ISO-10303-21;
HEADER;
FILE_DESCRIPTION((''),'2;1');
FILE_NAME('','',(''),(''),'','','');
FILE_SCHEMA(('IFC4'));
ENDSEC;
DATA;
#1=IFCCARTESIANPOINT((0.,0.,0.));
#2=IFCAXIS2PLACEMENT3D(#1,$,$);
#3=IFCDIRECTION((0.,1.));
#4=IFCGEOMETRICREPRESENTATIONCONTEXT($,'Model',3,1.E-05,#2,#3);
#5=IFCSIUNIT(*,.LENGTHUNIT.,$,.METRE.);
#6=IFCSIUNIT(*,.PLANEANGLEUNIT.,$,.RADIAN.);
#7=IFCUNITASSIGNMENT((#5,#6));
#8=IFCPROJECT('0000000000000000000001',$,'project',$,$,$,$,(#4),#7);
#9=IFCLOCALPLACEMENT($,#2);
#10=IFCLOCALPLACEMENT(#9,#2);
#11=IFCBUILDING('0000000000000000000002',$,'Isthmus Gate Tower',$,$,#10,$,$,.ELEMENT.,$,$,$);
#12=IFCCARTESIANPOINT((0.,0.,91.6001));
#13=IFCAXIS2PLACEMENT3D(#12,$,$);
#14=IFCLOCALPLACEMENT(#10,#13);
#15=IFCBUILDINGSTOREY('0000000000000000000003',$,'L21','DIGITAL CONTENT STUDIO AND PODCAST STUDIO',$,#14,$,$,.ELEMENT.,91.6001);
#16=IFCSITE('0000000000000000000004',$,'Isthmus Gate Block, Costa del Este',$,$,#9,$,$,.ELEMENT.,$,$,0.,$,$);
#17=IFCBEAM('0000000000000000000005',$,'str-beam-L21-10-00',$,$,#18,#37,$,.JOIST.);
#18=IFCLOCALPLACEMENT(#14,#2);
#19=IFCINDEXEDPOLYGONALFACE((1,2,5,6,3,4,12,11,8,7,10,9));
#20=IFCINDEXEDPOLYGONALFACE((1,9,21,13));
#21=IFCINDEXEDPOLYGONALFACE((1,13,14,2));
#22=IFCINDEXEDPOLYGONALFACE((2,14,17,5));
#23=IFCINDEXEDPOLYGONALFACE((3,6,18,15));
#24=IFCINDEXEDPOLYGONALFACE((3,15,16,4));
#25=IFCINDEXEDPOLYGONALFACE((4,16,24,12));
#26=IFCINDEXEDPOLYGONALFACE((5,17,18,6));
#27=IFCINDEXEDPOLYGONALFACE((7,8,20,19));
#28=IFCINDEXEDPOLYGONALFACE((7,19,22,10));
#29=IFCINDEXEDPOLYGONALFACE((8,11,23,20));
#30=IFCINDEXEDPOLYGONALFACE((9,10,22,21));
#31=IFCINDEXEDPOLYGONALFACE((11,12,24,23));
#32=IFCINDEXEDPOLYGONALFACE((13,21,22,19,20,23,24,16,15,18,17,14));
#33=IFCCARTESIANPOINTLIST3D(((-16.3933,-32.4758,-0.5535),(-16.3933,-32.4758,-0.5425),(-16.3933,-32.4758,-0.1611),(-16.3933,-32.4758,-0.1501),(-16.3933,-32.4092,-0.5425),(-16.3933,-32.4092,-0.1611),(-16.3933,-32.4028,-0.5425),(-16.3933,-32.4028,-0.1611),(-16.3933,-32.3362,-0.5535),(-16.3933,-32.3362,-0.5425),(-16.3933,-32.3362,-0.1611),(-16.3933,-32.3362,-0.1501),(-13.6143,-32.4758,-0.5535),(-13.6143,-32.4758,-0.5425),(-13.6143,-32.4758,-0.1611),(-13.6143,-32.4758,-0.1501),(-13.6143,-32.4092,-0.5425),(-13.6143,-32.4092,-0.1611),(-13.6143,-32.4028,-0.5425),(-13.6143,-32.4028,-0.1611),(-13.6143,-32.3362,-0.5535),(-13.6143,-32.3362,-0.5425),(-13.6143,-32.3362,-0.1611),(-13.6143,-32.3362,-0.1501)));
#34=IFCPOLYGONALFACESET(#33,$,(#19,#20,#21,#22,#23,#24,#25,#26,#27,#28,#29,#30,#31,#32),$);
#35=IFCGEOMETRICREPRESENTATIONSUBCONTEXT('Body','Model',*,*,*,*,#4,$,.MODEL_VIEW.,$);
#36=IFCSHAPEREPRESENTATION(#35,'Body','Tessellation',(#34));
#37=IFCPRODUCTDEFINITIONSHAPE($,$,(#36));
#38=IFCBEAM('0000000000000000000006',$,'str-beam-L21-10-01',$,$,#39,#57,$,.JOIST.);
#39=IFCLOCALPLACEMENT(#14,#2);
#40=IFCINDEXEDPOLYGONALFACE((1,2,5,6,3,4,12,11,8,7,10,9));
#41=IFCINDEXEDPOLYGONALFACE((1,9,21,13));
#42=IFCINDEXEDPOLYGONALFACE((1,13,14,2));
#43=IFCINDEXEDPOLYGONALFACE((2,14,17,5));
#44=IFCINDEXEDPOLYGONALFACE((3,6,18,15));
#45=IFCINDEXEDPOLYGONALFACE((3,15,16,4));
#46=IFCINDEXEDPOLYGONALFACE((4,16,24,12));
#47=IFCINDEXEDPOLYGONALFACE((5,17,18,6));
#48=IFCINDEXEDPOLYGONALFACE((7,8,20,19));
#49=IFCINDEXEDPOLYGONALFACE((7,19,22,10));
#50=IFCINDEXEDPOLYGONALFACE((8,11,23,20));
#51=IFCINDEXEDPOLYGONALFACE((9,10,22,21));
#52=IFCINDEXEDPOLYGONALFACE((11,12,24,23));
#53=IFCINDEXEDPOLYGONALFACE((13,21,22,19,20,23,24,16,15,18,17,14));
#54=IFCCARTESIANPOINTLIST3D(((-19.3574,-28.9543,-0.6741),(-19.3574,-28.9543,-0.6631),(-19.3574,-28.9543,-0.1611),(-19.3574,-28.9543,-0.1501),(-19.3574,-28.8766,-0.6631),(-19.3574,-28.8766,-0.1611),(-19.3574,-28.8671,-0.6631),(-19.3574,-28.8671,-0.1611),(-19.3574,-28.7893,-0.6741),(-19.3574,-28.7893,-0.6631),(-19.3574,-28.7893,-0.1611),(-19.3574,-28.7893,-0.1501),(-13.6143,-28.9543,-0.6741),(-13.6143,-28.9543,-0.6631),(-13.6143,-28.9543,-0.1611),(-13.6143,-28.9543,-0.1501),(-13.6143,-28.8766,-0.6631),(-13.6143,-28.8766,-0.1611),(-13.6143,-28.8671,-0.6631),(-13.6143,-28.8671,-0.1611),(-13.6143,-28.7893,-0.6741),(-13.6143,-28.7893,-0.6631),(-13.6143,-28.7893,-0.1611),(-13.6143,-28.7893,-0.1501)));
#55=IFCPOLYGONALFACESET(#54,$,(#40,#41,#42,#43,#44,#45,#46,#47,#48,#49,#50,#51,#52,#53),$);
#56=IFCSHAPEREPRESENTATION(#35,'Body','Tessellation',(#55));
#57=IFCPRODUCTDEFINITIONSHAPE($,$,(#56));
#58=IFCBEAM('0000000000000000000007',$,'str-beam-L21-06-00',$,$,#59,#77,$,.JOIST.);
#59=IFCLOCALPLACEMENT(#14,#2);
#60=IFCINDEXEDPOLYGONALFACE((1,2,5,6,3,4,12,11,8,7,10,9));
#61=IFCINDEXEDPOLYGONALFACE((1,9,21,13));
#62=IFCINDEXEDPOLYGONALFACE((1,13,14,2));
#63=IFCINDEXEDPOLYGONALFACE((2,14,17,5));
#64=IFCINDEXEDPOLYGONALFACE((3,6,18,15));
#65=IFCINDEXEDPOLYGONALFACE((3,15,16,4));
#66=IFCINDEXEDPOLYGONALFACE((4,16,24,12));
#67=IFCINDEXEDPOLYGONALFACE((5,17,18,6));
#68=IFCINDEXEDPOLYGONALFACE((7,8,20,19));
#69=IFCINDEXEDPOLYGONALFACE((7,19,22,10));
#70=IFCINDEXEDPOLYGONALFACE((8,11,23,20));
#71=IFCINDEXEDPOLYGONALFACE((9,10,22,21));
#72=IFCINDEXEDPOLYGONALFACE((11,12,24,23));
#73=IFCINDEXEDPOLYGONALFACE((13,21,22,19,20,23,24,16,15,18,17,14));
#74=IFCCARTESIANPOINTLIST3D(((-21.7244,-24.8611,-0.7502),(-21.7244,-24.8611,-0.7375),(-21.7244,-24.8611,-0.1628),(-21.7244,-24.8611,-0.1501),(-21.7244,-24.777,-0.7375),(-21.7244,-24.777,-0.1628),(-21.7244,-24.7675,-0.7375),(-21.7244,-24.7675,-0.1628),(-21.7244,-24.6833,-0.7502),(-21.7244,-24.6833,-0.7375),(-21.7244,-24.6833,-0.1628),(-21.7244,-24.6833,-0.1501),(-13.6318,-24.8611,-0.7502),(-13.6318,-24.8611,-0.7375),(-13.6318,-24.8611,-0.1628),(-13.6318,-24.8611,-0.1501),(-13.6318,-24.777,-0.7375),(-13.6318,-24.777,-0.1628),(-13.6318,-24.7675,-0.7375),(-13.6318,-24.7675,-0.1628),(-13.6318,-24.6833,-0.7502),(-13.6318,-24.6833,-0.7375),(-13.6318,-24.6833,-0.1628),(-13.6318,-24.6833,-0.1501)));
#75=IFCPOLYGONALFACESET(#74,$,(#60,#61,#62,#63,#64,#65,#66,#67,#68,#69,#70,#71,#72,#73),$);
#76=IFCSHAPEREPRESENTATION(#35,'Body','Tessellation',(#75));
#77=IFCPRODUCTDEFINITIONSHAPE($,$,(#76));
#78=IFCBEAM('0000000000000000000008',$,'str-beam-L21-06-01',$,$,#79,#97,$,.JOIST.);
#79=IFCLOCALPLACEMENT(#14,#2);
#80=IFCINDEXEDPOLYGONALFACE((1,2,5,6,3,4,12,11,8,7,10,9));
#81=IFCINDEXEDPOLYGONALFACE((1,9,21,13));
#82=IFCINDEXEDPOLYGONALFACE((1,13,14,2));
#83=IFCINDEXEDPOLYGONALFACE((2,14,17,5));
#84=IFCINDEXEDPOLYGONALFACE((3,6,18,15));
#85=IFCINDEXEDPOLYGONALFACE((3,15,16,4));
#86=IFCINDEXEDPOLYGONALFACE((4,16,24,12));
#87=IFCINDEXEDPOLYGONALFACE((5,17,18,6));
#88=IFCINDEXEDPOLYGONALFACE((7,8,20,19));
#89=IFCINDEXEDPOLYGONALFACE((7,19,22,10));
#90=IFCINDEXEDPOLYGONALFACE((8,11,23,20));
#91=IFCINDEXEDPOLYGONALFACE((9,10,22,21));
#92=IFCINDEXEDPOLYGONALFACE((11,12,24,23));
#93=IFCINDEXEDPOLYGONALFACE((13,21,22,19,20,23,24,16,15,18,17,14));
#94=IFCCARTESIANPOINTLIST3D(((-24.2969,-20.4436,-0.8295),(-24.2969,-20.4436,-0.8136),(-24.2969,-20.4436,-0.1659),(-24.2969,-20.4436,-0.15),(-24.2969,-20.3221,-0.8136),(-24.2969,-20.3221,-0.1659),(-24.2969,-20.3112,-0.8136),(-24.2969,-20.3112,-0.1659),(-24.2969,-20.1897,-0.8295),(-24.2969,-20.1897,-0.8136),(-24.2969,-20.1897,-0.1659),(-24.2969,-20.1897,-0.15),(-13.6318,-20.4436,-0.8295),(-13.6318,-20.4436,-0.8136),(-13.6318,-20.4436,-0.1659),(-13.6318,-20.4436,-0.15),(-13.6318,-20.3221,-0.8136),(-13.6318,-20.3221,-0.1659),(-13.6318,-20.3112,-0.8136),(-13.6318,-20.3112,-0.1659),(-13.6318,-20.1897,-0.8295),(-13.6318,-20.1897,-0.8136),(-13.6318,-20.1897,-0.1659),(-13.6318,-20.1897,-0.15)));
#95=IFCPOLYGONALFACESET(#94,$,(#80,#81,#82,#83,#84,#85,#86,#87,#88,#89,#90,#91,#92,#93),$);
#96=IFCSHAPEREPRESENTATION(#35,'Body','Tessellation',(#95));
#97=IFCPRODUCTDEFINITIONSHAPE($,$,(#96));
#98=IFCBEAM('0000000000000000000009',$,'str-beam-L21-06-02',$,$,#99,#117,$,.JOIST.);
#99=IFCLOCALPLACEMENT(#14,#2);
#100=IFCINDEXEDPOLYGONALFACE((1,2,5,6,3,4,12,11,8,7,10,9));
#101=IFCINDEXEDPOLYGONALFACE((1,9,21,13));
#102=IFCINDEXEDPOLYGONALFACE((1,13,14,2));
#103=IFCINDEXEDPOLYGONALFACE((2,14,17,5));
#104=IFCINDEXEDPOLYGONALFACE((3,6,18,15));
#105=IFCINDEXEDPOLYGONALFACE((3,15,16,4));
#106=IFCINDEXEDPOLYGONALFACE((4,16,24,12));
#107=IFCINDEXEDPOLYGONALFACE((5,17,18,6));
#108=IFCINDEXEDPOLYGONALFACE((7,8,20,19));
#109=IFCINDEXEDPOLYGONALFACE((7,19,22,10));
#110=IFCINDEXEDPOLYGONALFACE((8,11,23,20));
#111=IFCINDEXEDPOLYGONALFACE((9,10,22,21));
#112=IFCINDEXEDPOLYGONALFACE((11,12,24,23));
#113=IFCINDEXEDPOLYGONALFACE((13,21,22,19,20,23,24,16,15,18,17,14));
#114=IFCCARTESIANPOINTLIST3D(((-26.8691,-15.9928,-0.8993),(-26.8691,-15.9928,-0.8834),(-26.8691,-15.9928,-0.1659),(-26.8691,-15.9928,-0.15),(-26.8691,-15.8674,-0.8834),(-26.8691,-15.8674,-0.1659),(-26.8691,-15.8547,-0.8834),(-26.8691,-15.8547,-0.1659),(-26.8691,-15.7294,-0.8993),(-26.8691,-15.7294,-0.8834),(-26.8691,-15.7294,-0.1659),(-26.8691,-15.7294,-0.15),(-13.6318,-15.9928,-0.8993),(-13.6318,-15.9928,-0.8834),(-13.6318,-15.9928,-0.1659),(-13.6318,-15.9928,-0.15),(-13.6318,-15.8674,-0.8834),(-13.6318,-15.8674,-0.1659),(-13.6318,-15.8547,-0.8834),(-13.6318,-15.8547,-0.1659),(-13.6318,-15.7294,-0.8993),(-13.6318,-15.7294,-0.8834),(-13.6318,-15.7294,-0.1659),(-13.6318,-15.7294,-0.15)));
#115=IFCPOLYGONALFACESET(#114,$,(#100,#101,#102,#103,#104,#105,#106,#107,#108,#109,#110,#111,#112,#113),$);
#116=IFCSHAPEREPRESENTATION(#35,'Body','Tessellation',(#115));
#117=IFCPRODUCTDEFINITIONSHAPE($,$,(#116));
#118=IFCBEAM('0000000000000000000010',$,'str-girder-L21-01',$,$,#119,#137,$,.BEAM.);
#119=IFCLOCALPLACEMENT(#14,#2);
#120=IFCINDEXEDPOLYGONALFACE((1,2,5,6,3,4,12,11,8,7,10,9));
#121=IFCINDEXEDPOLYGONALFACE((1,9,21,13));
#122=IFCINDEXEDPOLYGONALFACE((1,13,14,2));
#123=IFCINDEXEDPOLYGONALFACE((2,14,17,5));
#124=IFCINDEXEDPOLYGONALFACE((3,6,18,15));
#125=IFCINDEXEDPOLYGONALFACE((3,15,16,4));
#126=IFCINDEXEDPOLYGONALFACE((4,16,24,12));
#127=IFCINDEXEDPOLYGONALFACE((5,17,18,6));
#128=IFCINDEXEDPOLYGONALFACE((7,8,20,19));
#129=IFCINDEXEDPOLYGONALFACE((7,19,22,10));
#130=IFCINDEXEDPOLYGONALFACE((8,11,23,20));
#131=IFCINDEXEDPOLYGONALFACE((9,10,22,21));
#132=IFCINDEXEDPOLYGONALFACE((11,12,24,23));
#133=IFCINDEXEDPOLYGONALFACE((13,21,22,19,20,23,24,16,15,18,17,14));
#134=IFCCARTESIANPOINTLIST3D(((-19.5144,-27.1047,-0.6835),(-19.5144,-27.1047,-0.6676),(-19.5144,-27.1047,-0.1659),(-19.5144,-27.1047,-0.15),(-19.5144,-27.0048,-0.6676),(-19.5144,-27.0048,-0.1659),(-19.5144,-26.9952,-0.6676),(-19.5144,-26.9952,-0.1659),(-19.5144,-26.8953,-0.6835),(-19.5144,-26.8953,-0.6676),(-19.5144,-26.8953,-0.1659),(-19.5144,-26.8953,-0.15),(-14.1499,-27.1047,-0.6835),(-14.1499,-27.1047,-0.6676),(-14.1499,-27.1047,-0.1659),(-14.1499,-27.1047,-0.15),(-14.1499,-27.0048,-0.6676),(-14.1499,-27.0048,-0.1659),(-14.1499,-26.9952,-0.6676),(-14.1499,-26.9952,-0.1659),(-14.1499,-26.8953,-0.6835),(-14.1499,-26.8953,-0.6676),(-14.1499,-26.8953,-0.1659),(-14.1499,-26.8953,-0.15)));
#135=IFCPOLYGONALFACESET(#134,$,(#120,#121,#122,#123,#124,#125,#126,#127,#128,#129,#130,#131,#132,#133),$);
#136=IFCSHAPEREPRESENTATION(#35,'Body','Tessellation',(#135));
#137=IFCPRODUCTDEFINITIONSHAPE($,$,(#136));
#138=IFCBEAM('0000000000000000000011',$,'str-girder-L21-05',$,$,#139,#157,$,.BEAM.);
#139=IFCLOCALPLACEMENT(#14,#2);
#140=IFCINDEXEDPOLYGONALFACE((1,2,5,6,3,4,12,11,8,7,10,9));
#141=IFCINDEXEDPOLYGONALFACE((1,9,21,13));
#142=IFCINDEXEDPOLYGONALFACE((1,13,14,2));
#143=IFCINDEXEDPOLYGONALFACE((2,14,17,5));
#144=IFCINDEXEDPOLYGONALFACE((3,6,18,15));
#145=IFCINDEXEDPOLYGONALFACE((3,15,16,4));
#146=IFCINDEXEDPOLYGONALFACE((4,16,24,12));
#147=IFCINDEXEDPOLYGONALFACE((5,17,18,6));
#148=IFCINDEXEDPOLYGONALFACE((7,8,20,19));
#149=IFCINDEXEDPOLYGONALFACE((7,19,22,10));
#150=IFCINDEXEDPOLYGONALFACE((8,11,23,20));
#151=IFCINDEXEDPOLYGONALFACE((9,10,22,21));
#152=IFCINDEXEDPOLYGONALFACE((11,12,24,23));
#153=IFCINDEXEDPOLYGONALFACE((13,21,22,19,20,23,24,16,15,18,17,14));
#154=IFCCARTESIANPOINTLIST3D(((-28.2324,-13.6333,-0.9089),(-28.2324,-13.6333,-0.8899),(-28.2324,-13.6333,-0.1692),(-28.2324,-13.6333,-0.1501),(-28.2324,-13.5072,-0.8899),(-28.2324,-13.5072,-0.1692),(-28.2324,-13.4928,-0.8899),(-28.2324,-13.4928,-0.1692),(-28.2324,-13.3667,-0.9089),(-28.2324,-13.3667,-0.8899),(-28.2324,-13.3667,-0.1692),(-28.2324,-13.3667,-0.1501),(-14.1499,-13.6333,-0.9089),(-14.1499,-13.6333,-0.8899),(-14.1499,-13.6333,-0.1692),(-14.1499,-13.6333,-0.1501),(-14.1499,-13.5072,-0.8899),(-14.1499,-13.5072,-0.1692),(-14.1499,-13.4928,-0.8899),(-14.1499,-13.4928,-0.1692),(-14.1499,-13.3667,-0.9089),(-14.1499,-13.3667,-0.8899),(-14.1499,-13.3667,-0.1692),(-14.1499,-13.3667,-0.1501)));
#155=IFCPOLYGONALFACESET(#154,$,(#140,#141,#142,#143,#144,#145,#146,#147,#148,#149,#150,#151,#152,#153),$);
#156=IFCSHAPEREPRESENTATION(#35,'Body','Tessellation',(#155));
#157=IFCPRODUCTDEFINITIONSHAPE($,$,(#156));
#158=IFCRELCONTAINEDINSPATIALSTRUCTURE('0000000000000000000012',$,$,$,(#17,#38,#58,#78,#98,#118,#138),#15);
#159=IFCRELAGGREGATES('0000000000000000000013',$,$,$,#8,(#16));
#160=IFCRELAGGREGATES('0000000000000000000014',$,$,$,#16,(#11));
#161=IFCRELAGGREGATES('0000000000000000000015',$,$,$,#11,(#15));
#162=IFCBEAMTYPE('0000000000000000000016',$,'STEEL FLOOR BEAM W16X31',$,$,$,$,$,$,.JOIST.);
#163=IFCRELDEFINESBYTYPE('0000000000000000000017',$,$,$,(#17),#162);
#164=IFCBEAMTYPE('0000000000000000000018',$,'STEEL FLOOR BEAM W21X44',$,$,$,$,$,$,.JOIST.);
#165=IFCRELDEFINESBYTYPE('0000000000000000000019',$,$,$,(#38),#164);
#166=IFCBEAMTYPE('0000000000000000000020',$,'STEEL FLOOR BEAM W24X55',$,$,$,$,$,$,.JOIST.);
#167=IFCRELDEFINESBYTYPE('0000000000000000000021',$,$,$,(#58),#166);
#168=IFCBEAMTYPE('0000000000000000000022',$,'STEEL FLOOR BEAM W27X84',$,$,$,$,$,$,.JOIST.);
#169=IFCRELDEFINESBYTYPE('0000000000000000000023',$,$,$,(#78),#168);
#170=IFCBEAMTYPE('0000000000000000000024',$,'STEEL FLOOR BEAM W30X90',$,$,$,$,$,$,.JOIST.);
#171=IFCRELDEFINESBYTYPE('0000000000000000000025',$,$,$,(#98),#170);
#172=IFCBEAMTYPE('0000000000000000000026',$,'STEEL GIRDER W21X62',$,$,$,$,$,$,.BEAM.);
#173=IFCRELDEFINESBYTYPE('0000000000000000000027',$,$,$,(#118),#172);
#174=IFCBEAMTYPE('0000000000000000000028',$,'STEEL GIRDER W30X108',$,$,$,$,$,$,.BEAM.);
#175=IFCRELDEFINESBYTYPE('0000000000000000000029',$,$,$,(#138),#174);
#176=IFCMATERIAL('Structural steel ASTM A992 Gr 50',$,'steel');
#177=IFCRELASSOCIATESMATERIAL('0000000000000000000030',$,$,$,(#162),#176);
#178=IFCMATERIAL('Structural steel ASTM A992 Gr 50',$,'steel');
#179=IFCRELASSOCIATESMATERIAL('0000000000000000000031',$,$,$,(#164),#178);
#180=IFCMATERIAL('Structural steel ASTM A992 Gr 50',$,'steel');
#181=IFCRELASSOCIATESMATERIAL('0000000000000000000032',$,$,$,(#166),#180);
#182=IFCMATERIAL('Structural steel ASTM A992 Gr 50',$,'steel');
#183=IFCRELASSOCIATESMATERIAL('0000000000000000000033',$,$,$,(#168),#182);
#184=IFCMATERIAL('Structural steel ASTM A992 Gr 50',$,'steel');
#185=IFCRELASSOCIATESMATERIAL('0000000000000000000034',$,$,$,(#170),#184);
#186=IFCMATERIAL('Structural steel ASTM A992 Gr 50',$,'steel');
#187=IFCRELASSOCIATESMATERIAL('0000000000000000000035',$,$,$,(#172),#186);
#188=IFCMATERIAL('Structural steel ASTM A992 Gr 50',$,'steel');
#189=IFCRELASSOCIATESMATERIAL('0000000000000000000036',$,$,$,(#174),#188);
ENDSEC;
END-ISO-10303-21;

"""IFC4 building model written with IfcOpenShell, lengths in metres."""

from ifc_helpers import new_model, si_unit, direction, frame, origin, origin_2d, place, context, subcontext, project, spatial, i_section, extrude, material, material_profile, profile_set, type_object, element, save


model = new_model("IFC4")

# Units and contexts
model_context = context("Model", 3, precision=1e-05, world=origin(), true_north=direction((0.0, 1.0)))
body_context = subcontext(model_context, "Body", "Model", "MODEL_VIEW")
ifc_project = project(units=[si_unit("LENGTHUNIT", "METRE"), si_unit("PLANEANGLEUNIT", "RADIAN")], contexts=[model_context])

# Site, building, storey
site_placement = place(None, origin())
site = spatial("IfcSite", under=ifc_project, at=site_placement, Name="Isthmus Gate Block, Costa del Este", CompositionType="ELEMENT", RefElevation=0.0)
building_placement = place(site_placement, origin())
building = spatial("IfcBuilding", under=site, at=building_placement, Name="Isthmus Gate Tower", CompositionType="ELEMENT")
storey_placement = place(building_placement, frame((0.0, 0.0, 91.6001)))
storey = spatial("IfcBuildingStorey", under=building, at=storey_placement, Name="L21", Description="DIGITAL CONTENT STUDIO AND PODCAST STUDIO", CompositionType="ELEMENT", Elevation=91.6001)

# Beams
ifc_material_1 = material(Name="Structural steel ASTM A992 Gr 50", Category="steel")
ifc_material_profile_1 = material_profile(ifc_material_1, i_section(OverallWidth=0.1396, OverallDepth=0.4033, WebThickness=0.0063, FlangeThickness=0.011, at=origin_2d()), Name="W16X31")
ifc_profile_set_1 = profile_set([ifc_material_profile_1], Name="Structural steel ASTM A992 Gr 50")
beam_type_1 = type_object("IfcBeamType", Name="STEEL FLOOR BEAM W16X31", PredefinedType="JOIST", material=ifc_profile_set_1)
beam_1_placement = place(storey_placement, frame((-16.3933, -32.406, -0.3518), z_axis=(1.0, 0.0, 0.0), x_axis=(0.0, 1.0, 0.0)))
element("IfcBeam", 1, at=beam_1_placement, inside=storey, type_object=beam_type_1, Name="str-beam-L21-10-00", PredefinedType="JOIST", context=body_context, shape_type="SweptSolid", body=[
    extrude(i_section(OverallWidth=0.1396, OverallDepth=0.4033, WebThickness=0.0063, FlangeThickness=0.011, at=origin_2d()), origin(), (0.0, 0.0, 1.0), 2.7791),
])
ifc_material_2 = material(Name="Structural steel ASTM A992 Gr 50", Category="steel")
ifc_material_profile_2 = material_profile(ifc_material_2, i_section(OverallWidth=0.165, OverallDepth=0.5239, WebThickness=0.0095, FlangeThickness=0.011, at=origin_2d()), Name="W21X44")
ifc_profile_set_2 = profile_set([ifc_material_profile_2], Name="Structural steel ASTM A992 Gr 50")
beam_type_2 = type_object("IfcBeamType", Name="STEEL FLOOR BEAM W21X44", PredefinedType="JOIST", material=ifc_profile_set_2)
beam_2_placement = place(storey_placement, frame((-19.3574, -28.8718, -0.4121), z_axis=(1.0, 0.0, 0.0), x_axis=(0.0, 1.0, 0.0)))
element("IfcBeam", 2, at=beam_2_placement, inside=storey, type_object=beam_type_2, Name="str-beam-L21-10-01", PredefinedType="JOIST", context=body_context, shape_type="SweptSolid", body=[
    extrude(i_section(OverallWidth=0.165, OverallDepth=0.5239, WebThickness=0.0095, FlangeThickness=0.011, at=origin_2d()), origin(), (0.0, 0.0, 1.0), 5.7432),
])
ifc_material_3 = material(Name="Structural steel ASTM A992 Gr 50", Category="steel")
ifc_material_profile_3 = material_profile(ifc_material_3, i_section(OverallWidth=0.1777, OverallDepth=0.6001, WebThickness=0.0095, FlangeThickness=0.0127, at=origin_2d()), Name="W24X55")
ifc_profile_set_3 = profile_set([ifc_material_profile_3], Name="Structural steel ASTM A992 Gr 50")
beam_type_3 = type_object("IfcBeamType", Name="STEEL FLOOR BEAM W24X55", PredefinedType="JOIST", material=ifc_profile_set_3)
beam_3_placement = place(storey_placement, frame((-21.7244, -24.7722, -0.4502), z_axis=(1.0, 0.0, 0.0), x_axis=(0.0, 1.0, 0.0)))
element("IfcBeam", 3, at=beam_3_placement, inside=storey, type_object=beam_type_3, Name="str-beam-L21-06-00", PredefinedType="JOIST", context=body_context, shape_type="SweptSolid", body=[
    extrude(i_section(OverallWidth=0.1777, OverallDepth=0.6001, WebThickness=0.0095, FlangeThickness=0.0127, at=origin_2d()), origin(), (0.0, 0.0, 1.0), 8.0925),
])
ifc_material_4 = material(Name="Structural steel ASTM A992 Gr 50", Category="steel")
ifc_material_profile_4 = material_profile(ifc_material_4, i_section(OverallWidth=0.2539, OverallDepth=0.6794, WebThickness=0.011, FlangeThickness=0.0159, at=origin_2d()), Name="W27X84")
ifc_profile_set_4 = profile_set([ifc_material_profile_4], Name="Structural steel ASTM A992 Gr 50")
beam_type_4 = type_object("IfcBeamType", Name="STEEL FLOOR BEAM W27X84", PredefinedType="JOIST", material=ifc_profile_set_4)
beam_4_placement = place(storey_placement, frame((-24.2969, -20.3167, -0.4897), z_axis=(1.0, 0.0, 0.0), x_axis=(0.0, 1.0, 0.0)))
element("IfcBeam", 4, at=beam_4_placement, inside=storey, type_object=beam_type_4, Name="str-beam-L21-06-01", PredefinedType="JOIST", context=body_context, shape_type="SweptSolid", body=[
    extrude(i_section(OverallWidth=0.2539, OverallDepth=0.6794, WebThickness=0.011, FlangeThickness=0.0159, at=origin_2d()), origin(), (0.0, 0.0, 1.0), 10.665),
])
ifc_material_5 = material(Name="Structural steel ASTM A992 Gr 50", Category="steel")
ifc_material_profile_5 = material_profile(ifc_material_5, i_section(OverallWidth=0.2634, OverallDepth=0.7493, WebThickness=0.0127, FlangeThickness=0.0159, at=origin_2d()), Name="W30X90")
ifc_profile_set_5 = profile_set([ifc_material_profile_5], Name="Structural steel ASTM A992 Gr 50")
beam_type_5 = type_object("IfcBeamType", Name="STEEL FLOOR BEAM W30X90", PredefinedType="JOIST", material=ifc_profile_set_5)
beam_5_placement = place(storey_placement, frame((-26.8691, -15.8611, -0.5247), z_axis=(1.0, 0.0, 0.0), x_axis=(0.0, 1.0, 0.0)))
element("IfcBeam", 5, at=beam_5_placement, inside=storey, type_object=beam_type_5, Name="str-beam-L21-06-02", PredefinedType="JOIST", context=body_context, shape_type="SweptSolid", body=[
    extrude(i_section(OverallWidth=0.2634, OverallDepth=0.7493, WebThickness=0.0127, FlangeThickness=0.0159, at=origin_2d()), origin(), (0.0, 0.0, 1.0), 13.2373),
])
ifc_material_6 = material(Name="Structural steel ASTM A992 Gr 50", Category="steel")
ifc_material_profile_6 = material_profile(ifc_material_6, i_section(OverallWidth=0.2095, OverallDepth=0.5334, WebThickness=0.0095, FlangeThickness=0.0159, at=origin_2d()), Name="W21X62")
ifc_profile_set_6 = profile_set([ifc_material_profile_6], Name="Structural steel ASTM A992 Gr 50")
beam_type_6 = type_object("IfcBeamType", Name="STEEL GIRDER W21X62", PredefinedType="BEAM", material=ifc_profile_set_6)
beam_6_placement = place(storey_placement, frame((-19.5144, -27.0, -0.4167), z_axis=(1.0, 0.0, 0.0), x_axis=(0.0, 1.0, 0.0)))
element("IfcBeam", 6, at=beam_6_placement, inside=storey, type_object=beam_type_6, Name="str-girder-L21-01", PredefinedType="BEAM", context=body_context, shape_type="SweptSolid", body=[
    extrude(i_section(OverallWidth=0.2095, OverallDepth=0.5334, WebThickness=0.0095, FlangeThickness=0.0159, at=origin_2d()), origin(), (0.0, 0.0, 1.0), 5.3645),
])
ifc_material_7 = material(Name="Structural steel ASTM A992 Gr 50", Category="steel")
ifc_material_profile_7 = material_profile(ifc_material_7, i_section(OverallWidth=0.2666, OverallDepth=0.7588, WebThickness=0.0144, FlangeThickness=0.019, at=origin_2d()), Name="W30X108")
ifc_profile_set_7 = profile_set([ifc_material_profile_7], Name="Structural steel ASTM A992 Gr 50")
beam_type_7 = type_object("IfcBeamType", Name="STEEL GIRDER W30X108", PredefinedType="BEAM", material=ifc_profile_set_7)
beam_7_placement = place(storey_placement, frame((-28.2324, -13.5, -0.5295), z_axis=(1.0, 0.0, 0.0), x_axis=(0.0, 1.0, 0.0)))
element("IfcBeam", 7, at=beam_7_placement, inside=storey, type_object=beam_type_7, Name="str-girder-L21-05", PredefinedType="BEAM", context=body_context, shape_type="SweptSolid", body=[
    extrude(i_section(OverallWidth=0.2666, OverallDepth=0.7588, WebThickness=0.0144, FlangeThickness=0.019, at=origin_2d()), origin(), (0.0, 0.0, 1.0), 14.0825),
])

save(model, "model.ifc")
